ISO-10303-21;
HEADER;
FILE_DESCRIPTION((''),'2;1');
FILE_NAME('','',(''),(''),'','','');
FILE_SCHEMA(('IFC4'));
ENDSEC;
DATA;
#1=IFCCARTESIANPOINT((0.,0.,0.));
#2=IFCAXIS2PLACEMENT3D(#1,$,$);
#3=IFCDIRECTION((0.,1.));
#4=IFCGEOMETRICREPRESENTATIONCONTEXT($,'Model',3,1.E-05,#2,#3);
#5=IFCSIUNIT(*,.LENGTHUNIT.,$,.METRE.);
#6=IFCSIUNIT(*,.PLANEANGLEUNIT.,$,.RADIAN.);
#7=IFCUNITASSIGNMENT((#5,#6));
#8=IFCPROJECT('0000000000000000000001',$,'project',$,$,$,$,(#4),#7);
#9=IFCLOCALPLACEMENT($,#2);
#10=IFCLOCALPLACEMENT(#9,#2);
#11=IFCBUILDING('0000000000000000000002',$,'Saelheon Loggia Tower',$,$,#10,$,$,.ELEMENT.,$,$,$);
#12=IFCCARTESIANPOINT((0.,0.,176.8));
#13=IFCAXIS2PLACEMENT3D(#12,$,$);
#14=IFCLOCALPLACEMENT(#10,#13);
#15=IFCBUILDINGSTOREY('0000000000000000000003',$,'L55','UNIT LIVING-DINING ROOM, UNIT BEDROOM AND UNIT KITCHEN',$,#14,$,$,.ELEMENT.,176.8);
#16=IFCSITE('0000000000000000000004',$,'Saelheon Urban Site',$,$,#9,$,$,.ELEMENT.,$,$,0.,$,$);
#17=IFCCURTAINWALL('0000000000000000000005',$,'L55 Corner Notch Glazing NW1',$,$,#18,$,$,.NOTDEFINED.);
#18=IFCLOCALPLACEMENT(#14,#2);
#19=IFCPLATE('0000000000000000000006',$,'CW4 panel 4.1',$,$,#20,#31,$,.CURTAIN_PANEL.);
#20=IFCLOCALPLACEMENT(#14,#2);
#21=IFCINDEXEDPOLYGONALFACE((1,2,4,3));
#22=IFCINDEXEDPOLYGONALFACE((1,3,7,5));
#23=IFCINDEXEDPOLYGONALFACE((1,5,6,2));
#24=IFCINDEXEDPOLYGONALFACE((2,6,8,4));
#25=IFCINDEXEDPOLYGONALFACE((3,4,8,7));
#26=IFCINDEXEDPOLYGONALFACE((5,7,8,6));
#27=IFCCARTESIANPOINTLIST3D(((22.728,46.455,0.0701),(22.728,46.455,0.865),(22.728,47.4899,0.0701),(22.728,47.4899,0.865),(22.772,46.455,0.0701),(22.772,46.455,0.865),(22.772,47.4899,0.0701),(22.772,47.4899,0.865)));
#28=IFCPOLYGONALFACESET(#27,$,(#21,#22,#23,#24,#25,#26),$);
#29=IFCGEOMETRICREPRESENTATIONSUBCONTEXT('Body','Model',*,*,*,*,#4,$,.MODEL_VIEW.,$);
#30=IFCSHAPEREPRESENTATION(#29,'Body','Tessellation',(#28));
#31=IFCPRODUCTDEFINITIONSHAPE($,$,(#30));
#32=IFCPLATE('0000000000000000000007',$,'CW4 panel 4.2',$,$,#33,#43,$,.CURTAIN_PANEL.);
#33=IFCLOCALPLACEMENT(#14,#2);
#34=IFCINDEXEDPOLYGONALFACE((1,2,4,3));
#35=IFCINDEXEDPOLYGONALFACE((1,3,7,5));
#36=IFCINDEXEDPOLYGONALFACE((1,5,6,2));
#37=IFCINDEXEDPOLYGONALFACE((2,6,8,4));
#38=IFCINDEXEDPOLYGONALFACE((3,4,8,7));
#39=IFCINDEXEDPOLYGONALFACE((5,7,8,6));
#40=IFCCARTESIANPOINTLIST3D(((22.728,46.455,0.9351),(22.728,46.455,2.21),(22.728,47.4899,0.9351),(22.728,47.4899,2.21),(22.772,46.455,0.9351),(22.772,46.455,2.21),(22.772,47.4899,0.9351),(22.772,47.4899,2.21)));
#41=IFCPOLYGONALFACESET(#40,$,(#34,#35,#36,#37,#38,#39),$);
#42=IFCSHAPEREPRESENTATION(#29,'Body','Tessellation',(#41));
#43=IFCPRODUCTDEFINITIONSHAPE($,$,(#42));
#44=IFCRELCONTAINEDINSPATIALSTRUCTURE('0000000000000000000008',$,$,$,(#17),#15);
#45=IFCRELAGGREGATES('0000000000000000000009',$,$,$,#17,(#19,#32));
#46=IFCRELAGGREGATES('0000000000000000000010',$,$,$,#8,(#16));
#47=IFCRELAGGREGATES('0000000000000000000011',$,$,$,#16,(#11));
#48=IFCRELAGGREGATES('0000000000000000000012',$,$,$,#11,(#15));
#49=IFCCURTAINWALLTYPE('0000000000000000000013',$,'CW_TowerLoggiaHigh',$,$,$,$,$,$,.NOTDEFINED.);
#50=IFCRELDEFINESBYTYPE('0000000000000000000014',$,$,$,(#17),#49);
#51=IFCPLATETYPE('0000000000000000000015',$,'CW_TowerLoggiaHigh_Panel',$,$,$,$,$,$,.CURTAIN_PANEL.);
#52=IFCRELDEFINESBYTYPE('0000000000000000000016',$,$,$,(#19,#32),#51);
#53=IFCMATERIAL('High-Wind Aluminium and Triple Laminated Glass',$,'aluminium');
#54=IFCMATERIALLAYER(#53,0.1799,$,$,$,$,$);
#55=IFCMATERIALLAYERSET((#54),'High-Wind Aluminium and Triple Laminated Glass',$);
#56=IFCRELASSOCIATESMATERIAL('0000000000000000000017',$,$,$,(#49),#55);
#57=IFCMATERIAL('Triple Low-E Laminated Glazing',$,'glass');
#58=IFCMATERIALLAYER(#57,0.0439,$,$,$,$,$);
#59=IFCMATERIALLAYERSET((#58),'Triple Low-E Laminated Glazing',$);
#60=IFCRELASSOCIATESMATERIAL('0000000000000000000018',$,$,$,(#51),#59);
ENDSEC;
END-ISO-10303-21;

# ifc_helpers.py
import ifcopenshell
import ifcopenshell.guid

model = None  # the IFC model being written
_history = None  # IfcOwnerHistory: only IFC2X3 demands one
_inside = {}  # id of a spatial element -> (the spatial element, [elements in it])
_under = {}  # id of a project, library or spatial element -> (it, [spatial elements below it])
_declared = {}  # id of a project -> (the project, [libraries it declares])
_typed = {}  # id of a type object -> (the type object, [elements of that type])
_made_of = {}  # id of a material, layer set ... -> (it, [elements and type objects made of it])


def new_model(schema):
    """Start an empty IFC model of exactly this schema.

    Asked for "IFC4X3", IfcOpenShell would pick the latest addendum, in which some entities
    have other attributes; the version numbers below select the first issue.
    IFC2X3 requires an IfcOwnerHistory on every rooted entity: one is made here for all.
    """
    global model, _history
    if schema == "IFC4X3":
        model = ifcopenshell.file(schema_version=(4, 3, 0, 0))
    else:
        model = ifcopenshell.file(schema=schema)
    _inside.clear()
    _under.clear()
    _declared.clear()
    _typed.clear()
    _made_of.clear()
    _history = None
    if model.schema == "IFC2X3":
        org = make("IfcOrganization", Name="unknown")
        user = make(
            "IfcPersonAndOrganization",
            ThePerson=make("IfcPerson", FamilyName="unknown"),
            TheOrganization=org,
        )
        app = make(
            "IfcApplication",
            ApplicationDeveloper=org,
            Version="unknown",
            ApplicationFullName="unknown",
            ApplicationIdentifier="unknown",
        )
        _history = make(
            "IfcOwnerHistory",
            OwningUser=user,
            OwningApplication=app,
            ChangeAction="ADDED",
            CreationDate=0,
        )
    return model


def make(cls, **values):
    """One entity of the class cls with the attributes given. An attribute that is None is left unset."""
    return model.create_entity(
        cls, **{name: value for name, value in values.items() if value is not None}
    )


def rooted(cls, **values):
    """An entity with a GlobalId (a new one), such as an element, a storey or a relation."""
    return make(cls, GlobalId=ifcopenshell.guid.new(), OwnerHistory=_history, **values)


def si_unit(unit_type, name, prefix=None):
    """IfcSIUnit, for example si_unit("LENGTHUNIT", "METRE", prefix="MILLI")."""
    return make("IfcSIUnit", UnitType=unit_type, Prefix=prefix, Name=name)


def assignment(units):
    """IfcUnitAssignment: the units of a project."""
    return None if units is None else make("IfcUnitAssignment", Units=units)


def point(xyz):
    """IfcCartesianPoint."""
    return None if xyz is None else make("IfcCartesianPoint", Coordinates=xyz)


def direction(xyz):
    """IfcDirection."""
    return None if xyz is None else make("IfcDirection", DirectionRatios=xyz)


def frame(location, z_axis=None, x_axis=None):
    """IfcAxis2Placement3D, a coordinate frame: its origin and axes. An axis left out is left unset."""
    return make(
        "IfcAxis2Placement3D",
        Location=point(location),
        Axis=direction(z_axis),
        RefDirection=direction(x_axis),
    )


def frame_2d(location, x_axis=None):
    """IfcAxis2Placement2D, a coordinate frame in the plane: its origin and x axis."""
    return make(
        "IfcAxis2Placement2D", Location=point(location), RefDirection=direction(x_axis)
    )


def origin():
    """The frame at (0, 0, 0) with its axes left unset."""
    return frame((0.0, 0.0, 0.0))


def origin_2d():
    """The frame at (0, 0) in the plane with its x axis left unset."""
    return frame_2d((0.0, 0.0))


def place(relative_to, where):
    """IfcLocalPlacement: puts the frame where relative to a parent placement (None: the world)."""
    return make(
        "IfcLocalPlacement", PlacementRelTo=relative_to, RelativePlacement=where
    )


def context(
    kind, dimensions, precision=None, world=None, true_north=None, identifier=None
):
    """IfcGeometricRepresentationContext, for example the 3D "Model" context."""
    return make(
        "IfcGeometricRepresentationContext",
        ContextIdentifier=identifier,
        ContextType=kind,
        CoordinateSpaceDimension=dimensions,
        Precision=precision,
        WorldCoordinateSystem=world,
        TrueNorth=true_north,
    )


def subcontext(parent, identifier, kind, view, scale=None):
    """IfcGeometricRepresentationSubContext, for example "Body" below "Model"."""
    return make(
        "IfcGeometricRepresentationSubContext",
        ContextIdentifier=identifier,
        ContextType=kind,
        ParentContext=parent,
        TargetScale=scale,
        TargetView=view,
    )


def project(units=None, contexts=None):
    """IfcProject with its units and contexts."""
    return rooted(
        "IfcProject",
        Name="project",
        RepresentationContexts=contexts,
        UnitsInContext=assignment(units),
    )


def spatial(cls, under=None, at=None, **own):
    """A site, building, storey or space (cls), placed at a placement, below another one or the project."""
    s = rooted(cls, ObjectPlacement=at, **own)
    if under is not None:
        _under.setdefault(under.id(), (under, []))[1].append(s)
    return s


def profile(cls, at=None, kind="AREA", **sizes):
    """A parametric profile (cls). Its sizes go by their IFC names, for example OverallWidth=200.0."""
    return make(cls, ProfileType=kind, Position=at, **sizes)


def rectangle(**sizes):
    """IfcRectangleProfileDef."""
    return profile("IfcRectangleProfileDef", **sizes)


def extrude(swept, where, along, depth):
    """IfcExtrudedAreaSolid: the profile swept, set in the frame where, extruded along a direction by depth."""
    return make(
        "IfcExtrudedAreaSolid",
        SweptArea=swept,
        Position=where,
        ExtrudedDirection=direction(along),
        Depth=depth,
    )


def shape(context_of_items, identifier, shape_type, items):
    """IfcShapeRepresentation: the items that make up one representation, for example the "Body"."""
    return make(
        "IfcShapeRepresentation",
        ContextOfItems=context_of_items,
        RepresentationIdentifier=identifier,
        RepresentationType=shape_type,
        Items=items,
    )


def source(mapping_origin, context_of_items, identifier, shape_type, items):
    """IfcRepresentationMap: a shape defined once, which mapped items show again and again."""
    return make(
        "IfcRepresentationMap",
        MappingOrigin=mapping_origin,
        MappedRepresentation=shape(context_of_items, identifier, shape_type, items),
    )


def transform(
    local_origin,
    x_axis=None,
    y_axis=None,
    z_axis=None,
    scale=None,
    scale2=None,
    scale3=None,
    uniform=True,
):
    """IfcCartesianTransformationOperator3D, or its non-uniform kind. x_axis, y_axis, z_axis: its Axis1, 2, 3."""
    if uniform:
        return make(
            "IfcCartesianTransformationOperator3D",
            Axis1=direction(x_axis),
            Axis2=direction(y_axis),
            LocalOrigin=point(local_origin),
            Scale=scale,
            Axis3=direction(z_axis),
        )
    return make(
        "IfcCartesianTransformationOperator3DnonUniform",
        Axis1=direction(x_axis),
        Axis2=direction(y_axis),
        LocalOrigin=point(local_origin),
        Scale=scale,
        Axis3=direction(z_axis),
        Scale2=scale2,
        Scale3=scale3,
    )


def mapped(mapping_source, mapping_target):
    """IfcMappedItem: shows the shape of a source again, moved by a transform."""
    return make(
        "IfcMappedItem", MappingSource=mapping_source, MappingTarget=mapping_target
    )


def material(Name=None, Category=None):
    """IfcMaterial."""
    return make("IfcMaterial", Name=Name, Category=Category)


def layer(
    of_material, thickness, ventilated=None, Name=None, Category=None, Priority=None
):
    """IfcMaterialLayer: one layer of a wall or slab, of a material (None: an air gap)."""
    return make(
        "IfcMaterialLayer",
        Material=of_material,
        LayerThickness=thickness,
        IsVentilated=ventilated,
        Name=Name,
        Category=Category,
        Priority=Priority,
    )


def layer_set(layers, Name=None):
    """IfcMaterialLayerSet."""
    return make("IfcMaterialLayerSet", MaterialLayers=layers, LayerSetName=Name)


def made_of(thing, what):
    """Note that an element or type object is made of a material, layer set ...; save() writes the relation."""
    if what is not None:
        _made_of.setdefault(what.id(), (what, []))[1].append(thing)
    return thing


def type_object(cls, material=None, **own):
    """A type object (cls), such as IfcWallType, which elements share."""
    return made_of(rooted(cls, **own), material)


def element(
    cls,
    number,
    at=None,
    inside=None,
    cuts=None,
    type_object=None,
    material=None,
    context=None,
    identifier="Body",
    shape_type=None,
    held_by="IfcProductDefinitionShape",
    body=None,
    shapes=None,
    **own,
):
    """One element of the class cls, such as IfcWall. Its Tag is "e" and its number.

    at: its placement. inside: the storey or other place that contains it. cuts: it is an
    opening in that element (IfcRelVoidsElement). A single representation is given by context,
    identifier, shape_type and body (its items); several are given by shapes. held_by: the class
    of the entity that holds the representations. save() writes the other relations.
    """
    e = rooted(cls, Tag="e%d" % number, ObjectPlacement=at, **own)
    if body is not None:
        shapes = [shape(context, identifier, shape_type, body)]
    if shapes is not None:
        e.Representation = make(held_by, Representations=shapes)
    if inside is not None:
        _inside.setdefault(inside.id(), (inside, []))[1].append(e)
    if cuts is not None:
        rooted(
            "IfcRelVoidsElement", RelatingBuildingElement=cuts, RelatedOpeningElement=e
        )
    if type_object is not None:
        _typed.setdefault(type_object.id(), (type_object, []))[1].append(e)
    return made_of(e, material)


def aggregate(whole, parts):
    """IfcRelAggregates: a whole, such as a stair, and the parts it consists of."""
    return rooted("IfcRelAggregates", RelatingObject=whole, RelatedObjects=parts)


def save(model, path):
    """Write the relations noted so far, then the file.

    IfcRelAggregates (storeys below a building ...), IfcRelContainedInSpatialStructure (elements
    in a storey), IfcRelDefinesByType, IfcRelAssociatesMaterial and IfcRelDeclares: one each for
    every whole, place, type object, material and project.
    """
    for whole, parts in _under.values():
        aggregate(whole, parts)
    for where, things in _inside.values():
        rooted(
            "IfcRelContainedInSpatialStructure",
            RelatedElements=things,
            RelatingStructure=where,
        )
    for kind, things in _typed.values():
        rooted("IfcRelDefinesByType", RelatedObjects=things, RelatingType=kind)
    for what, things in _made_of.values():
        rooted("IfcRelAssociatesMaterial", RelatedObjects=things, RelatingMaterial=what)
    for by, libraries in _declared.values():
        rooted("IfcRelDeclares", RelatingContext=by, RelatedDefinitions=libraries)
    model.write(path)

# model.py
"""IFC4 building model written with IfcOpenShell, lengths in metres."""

from ifc_helpers import new_model, si_unit, direction, frame, origin, origin_2d, place, context, subcontext, project, spatial, rectangle, extrude, source, transform, mapped, material, layer, layer_set, type_object, element, aggregate, save


model = new_model("IFC4")

# Units and contexts
model_context = context("Model", 3, precision=1e-05, world=origin(), true_north=direction((0.0, 1.0)))
body_context = subcontext(model_context, "Body", "Model", "MODEL_VIEW")
ifc_project = project(units=[si_unit("LENGTHUNIT", "METRE"), si_unit("PLANEANGLEUNIT", "RADIAN")], contexts=[model_context])

# Site, building, storey
site_placement = place(None, origin())
site = spatial("IfcSite", under=ifc_project, at=site_placement, Name="Saelheon Urban Site", CompositionType="ELEMENT", RefElevation=0.0)
building_placement = place(site_placement, origin())
building = spatial("IfcBuilding", under=site, at=building_placement, Name="Saelheon Loggia Tower", CompositionType="ELEMENT")
storey_placement = place(building_placement, frame((0.0, 0.0, 176.8)))
storey = spatial("IfcBuildingStorey", under=building, at=storey_placement, Name="L55", Description="UNIT LIVING-DINING ROOM, UNIT BEDROOM AND UNIT KITCHEN", CompositionType="ELEMENT", Elevation=176.8)

# Curtain wall, plates
ifc_material_1 = material(Name="High-Wind Aluminium and Triple Laminated Glass", Category="aluminium")
ifc_layer_1 = layer(ifc_material_1, 0.1799)
ifc_layer_set_1 = layer_set([ifc_layer_1], Name="High-Wind Aluminium and Triple Laminated Glass")
curtain_wall_type = type_object("IfcCurtainWallType", Name="CW_TowerLoggiaHigh", PredefinedType="NOTDEFINED", material=ifc_layer_set_1)
curtain_wall_placement = place(storey_placement, origin())
curtain_wall = element("IfcCurtainWall", 1, at=curtain_wall_placement, inside=storey, type_object=curtain_wall_type, Name="L55 Corner Notch Glazing NW1", PredefinedType="NOTDEFINED")
ifc_material_2 = material(Name="Triple Low-E Laminated Glazing", Category="glass")
ifc_layer_2 = layer(ifc_material_2, 0.0439)
ifc_layer_set_2 = layer_set([ifc_layer_2], Name="Triple Low-E Laminated Glazing")
plate_type = type_object("IfcPlateType", Name="CW_TowerLoggiaHigh_Panel", PredefinedType="CURTAIN_PANEL", material=ifc_layer_set_2)
shared_shape_1 = source(origin(), body_context, "Body", "SweptSolid", [
    extrude(rectangle(XDim=1.0349, YDim=0.0439, at=origin_2d()), origin(), (0.0, 0.0, 1.0), 0.7949),
])
plate_1_placement = place(storey_placement, frame((22.75, 46.9724, 0.0701), z_axis=(0.0, 0.0, 1.0), x_axis=(0.0, 1.0, 0.0)))
plate_1 = element("IfcPlate", 2, at=plate_1_placement, type_object=plate_type, Name="CW4 panel 4.1", PredefinedType="CURTAIN_PANEL", context=body_context, shape_type="MappedRepresentation", body=[
    mapped(shared_shape_1, transform((0.0, 0.0, 0.0), scale=1.0)),
])
shared_shape_2 = source(origin(), body_context, "Body", "SweptSolid", [
    extrude(rectangle(XDim=1.0349, YDim=0.0439, at=origin_2d()), origin(), (0.0, 0.0, 1.0), 1.2749),
])
plate_2_placement = place(storey_placement, frame((22.75, 46.9724, 0.9351), z_axis=(0.0, 0.0, 1.0), x_axis=(0.0, 1.0, 0.0)))
plate_2 = element("IfcPlate", 3, at=plate_2_placement, type_object=plate_type, Name="CW4 panel 4.2", PredefinedType="CURTAIN_PANEL", context=body_context, shape_type="MappedRepresentation", body=[
    mapped(shared_shape_2, transform((0.0, 0.0, 0.0), scale=1.0)),
])
aggregate(curtain_wall, [plate_1, plate_2])

save(model, "model.ifc")
